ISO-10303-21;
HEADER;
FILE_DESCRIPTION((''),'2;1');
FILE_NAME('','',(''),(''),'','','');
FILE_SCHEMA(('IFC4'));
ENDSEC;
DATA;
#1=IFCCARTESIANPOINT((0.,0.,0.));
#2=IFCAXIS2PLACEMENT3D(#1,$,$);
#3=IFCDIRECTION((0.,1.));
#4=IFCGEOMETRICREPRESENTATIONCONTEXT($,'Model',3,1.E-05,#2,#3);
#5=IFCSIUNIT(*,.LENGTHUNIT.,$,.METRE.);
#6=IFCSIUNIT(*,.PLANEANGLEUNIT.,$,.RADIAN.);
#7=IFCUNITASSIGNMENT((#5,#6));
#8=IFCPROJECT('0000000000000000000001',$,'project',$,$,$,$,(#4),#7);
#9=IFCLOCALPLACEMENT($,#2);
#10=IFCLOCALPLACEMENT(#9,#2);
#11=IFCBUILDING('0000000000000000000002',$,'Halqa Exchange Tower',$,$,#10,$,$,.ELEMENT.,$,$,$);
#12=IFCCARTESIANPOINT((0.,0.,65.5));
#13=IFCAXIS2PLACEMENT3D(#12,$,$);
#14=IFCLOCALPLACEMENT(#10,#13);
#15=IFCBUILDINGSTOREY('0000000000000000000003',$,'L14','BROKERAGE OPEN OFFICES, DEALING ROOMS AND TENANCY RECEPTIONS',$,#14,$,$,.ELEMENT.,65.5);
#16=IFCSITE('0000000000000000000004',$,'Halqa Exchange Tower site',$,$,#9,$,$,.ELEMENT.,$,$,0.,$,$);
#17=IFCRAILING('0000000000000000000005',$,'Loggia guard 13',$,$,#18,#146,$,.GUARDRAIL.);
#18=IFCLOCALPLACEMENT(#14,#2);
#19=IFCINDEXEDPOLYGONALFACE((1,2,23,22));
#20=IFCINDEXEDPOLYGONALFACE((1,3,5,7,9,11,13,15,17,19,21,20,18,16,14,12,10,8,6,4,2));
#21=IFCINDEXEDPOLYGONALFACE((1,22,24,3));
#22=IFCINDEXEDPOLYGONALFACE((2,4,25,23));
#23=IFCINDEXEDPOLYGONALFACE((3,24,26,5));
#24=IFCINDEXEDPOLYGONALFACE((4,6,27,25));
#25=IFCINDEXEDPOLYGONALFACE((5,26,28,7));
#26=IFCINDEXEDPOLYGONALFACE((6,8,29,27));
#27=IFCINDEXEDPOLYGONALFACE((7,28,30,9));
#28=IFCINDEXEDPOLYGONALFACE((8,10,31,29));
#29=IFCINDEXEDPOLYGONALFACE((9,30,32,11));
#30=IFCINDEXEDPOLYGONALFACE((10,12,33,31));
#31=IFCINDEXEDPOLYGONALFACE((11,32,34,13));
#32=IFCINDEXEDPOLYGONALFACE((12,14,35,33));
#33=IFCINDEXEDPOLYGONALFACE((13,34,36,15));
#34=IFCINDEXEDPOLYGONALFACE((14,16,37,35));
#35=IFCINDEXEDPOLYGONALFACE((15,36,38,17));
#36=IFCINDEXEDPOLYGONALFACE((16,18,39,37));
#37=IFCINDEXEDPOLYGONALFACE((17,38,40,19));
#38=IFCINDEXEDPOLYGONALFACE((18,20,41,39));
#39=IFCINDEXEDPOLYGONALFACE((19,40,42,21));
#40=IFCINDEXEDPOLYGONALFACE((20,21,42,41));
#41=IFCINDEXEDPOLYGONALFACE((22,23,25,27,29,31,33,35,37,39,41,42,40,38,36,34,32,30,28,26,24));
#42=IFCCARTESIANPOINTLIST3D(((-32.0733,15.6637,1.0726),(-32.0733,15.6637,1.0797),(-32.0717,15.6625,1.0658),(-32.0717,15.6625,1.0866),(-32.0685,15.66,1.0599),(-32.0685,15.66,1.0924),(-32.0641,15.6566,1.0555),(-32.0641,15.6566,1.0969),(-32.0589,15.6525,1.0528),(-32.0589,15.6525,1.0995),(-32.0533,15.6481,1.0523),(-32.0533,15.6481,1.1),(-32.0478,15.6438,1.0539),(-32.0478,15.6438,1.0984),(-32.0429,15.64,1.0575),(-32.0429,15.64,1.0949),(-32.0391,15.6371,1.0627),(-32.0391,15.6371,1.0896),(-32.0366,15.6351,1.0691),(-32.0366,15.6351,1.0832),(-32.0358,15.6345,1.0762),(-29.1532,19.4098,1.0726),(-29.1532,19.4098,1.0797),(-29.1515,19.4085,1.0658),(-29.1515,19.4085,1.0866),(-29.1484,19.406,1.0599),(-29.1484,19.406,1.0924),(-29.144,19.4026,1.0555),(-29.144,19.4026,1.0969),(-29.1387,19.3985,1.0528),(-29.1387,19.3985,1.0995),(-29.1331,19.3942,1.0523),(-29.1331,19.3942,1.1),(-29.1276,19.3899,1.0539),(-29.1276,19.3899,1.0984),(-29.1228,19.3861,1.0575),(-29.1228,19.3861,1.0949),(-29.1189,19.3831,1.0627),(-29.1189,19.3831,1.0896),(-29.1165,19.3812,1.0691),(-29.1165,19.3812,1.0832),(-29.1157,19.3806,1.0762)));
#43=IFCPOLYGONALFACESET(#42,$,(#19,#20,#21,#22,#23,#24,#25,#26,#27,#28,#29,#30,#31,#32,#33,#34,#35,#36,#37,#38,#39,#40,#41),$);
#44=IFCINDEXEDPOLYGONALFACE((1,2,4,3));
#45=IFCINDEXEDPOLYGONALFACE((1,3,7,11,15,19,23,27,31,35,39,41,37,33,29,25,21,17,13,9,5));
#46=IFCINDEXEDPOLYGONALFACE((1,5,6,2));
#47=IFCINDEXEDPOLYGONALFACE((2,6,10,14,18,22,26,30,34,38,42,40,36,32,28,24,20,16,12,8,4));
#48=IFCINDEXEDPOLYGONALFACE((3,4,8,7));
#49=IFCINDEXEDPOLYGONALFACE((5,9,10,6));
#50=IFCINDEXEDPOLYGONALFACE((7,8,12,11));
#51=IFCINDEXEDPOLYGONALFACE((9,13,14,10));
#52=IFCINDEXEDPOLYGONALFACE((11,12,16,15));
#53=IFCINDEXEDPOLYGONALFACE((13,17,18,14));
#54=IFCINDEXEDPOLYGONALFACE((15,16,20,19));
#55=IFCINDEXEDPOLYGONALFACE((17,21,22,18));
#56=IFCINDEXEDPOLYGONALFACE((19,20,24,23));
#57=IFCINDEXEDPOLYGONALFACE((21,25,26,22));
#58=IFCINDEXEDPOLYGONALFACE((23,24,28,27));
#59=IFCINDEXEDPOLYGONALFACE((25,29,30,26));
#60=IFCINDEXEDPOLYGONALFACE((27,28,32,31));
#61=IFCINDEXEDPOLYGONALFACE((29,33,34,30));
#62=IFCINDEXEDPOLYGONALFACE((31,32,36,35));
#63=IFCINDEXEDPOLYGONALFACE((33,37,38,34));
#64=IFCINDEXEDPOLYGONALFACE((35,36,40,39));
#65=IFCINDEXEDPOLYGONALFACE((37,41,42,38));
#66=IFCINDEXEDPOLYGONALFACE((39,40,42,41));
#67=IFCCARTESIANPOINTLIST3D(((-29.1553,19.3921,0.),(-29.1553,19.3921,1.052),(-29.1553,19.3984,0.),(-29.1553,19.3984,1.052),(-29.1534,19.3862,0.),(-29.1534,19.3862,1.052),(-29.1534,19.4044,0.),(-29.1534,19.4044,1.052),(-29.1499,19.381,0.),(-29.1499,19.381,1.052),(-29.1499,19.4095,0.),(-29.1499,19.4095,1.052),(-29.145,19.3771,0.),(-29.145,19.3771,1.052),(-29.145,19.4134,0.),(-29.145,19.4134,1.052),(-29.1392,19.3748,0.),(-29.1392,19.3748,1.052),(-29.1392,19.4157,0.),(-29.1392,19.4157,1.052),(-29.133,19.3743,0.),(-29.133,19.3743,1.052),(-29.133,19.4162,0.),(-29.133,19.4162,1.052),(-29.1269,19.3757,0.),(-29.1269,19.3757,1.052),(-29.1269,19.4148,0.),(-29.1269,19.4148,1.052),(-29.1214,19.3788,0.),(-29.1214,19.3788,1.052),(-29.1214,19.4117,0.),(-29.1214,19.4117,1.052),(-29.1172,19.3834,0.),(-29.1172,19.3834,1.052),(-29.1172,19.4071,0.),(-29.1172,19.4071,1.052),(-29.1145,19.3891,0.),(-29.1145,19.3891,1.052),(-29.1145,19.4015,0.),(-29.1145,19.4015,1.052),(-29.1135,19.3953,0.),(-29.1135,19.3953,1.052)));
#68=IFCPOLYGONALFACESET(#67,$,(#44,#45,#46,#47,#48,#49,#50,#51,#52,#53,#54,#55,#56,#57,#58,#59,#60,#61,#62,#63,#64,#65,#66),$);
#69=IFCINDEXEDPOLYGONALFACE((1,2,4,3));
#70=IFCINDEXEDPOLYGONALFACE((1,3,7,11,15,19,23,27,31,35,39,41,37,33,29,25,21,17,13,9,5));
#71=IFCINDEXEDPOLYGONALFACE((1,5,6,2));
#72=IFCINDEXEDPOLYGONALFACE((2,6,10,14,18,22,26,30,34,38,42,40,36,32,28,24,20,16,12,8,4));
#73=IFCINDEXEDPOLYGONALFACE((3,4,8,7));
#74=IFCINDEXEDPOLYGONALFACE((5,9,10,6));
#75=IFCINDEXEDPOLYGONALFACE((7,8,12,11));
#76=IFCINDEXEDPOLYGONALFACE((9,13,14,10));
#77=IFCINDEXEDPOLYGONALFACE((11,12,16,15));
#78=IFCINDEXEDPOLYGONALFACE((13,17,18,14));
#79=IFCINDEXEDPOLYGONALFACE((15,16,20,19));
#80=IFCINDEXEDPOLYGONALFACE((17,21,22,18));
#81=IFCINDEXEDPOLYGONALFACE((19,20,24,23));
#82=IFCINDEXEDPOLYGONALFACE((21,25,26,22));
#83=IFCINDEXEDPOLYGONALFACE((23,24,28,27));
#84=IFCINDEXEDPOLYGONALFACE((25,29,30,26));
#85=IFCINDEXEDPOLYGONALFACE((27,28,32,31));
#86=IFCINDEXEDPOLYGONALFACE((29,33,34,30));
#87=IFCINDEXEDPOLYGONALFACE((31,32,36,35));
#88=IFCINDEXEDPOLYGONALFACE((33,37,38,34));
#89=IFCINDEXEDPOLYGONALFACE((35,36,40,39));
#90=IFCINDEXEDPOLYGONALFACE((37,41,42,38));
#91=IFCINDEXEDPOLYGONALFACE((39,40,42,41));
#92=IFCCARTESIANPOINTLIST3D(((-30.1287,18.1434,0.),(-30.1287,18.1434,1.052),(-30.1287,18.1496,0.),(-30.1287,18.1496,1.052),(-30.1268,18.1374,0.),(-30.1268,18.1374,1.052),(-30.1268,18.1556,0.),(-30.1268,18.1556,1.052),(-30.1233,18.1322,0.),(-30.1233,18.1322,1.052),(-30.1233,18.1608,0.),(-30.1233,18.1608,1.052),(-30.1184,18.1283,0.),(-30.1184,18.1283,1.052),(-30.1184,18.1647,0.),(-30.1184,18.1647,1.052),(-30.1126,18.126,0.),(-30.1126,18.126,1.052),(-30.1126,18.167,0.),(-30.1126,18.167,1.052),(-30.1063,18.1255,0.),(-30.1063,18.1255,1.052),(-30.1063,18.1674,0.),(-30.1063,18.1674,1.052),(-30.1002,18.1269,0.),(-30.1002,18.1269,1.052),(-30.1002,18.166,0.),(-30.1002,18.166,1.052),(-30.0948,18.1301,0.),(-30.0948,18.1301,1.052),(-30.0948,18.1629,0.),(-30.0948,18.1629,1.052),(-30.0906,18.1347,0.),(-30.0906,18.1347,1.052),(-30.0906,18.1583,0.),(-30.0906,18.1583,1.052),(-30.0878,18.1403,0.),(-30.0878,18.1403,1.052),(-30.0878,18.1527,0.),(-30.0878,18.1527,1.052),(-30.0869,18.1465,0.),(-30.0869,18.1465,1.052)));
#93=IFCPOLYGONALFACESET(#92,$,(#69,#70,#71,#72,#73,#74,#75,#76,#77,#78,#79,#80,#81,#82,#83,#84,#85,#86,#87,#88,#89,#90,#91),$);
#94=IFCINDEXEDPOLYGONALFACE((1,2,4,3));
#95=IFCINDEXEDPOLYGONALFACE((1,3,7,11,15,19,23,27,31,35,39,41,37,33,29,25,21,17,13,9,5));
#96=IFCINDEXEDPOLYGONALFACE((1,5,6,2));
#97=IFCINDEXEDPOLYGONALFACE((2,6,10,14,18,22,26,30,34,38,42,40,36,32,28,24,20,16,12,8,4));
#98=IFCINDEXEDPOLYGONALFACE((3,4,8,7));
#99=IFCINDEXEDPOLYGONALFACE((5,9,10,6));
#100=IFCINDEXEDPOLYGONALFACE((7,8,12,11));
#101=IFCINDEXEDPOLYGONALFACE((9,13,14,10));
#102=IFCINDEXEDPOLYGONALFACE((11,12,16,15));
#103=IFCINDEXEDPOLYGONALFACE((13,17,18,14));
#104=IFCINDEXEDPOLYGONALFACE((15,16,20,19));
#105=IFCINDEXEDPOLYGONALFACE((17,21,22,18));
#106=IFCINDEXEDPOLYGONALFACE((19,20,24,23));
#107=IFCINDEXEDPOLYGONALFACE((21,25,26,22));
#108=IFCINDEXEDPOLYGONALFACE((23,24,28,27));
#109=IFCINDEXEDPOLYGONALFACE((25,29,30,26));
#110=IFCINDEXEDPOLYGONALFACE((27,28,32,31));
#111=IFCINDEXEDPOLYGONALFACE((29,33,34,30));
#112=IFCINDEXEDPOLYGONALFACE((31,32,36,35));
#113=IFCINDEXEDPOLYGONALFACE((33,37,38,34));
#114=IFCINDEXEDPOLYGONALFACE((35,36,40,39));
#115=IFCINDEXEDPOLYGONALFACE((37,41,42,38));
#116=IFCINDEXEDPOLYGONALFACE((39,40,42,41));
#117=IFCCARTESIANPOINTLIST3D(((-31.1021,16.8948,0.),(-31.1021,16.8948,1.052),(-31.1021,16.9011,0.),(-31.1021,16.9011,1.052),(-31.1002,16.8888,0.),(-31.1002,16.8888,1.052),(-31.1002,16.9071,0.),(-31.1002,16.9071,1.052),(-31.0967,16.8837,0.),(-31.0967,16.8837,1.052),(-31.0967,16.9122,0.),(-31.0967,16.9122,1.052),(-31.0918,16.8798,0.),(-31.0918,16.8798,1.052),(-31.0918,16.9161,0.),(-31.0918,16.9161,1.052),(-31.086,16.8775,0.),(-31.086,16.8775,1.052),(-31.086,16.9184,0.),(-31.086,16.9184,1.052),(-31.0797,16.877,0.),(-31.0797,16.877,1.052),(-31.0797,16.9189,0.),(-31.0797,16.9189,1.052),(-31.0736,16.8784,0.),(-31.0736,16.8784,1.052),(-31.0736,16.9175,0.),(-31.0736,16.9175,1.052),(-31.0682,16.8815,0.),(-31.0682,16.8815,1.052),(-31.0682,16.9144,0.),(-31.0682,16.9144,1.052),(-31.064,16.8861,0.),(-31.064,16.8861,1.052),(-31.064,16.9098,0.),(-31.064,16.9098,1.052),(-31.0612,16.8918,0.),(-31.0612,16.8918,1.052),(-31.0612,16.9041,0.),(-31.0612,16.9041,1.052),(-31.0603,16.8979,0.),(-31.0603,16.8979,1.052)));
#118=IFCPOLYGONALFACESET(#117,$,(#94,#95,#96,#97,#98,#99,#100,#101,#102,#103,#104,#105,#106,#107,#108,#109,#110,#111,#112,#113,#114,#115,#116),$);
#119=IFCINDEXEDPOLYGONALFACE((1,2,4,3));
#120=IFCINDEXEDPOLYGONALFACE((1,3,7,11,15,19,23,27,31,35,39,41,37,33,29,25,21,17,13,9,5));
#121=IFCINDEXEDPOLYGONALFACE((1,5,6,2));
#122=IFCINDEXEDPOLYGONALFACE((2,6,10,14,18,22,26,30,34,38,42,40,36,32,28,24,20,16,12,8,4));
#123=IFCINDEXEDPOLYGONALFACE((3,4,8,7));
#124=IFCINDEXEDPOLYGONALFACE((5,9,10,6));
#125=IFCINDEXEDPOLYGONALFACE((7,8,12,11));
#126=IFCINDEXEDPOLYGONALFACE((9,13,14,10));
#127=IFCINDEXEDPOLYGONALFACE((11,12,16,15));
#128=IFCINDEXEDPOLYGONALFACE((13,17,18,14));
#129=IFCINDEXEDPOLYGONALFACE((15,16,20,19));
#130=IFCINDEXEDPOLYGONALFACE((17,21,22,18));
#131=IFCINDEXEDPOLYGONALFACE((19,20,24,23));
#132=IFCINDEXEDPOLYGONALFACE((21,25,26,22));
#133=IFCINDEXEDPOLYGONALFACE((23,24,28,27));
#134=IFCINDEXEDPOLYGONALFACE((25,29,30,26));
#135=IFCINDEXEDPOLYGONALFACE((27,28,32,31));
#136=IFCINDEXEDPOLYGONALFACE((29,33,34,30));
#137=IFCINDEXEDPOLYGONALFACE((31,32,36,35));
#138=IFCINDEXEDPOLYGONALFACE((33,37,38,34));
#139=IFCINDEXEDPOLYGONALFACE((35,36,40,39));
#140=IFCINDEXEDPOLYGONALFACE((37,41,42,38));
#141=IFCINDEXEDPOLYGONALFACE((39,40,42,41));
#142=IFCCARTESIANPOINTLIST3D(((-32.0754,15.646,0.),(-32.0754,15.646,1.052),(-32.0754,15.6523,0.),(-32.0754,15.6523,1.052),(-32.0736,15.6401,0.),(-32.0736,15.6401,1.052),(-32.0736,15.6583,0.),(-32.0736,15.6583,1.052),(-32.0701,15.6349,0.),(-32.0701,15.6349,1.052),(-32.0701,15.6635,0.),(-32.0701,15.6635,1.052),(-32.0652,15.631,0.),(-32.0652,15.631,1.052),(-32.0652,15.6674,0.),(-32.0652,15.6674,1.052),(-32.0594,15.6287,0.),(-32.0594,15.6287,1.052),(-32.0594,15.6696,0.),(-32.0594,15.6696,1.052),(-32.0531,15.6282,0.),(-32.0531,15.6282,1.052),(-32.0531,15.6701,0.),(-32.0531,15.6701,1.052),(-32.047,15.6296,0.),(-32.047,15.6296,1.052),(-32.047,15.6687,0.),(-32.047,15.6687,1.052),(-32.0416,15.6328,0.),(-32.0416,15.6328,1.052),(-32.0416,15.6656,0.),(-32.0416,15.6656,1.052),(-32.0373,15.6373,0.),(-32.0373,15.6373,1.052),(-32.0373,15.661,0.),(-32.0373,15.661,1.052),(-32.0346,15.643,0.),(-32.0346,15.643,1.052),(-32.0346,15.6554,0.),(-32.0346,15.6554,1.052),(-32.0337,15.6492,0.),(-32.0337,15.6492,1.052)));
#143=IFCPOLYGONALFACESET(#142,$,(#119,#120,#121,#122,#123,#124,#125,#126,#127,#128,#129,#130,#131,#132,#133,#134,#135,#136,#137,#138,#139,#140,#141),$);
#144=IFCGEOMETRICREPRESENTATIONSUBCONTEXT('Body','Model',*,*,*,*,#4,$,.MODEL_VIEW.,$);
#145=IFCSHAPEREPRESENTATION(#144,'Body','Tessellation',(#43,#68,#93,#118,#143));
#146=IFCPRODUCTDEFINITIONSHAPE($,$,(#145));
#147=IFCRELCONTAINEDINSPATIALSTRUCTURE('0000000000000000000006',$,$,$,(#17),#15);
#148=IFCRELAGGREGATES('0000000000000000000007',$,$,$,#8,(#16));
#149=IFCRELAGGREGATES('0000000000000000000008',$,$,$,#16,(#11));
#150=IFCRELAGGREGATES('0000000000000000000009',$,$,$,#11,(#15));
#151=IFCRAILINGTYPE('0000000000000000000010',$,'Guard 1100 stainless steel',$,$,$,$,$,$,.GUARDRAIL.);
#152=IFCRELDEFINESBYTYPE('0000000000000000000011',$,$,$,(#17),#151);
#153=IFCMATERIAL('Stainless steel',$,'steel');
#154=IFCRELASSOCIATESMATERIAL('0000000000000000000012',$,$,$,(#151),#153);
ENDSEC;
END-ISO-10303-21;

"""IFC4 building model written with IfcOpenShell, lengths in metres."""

from ifc_helpers import new_model, si_unit, direction, frame, origin, origin_2d, place, context, subcontext, project, spatial, circle, extrude, material, type_object, element, save


model = new_model("IFC4")

# Units and contexts
model_context = context("Model", 3, precision=1e-05, world=origin(), true_north=direction((0.0, 1.0)))
body_context = subcontext(model_context, "Body", "Model", "MODEL_VIEW")
ifc_project = project(units=[si_unit("LENGTHUNIT", "METRE"), si_unit("PLANEANGLEUNIT", "RADIAN")], contexts=[model_context])

# Site, building, storey
site_placement = place(None, origin())
site = spatial("IfcSite", under=ifc_project, at=site_placement, Name="Halqa Exchange Tower site", CompositionType="ELEMENT", RefElevation=0.0)
building_placement = place(site_placement, origin())
building = spatial("IfcBuilding", under=site, at=building_placement, Name="Halqa Exchange Tower", CompositionType="ELEMENT")
storey_placement = place(building_placement, frame((0.0, 0.0, 65.5)))
storey = spatial("IfcBuildingStorey", under=building, at=storey_placement, Name="L14", Description="BROKERAGE OPEN OFFICES, DEALING ROOMS AND TENANCY RECEPTIONS", CompositionType="ELEMENT", Elevation=65.5)

# Railing
ifc_material_1 = material(Name="Stainless steel", Category="steel")
railing_type = type_object("IfcRailingType", Name="Guard 1100 stainless steel", PredefinedType="GUARDRAIL", material=ifc_material_1)
railing_1_placement = place(storey_placement, frame((-29.1345, 19.3953, 0.0)))
element("IfcRailing", 1, at=railing_1_placement, inside=storey, type_object=railing_type, Name="Loggia guard 13", PredefinedType="GUARDRAIL", context=body_context, shape_type="SweptSolid", body=[
    extrude(circle(Radius=0.0239, at=origin_2d()), frame((0.0, 0.0, 1.0762), z_axis=(-0.614798, -0.788685, 0.0), x_axis=(0.788685, -0.614798, 0.0)), (0.0, 0.0, 1.0), 4.7498),
    extrude(circle(Radius=0.021, at=origin_2d()), origin(), (0.0, 0.0, 1.0), 1.052),
    extrude(circle(Radius=0.021, at=origin_2d()), frame((-0.9734, -1.2488, 0.0)), (0.0, 0.0, 1.0), 1.052),
    extrude(circle(Radius=0.021, at=origin_2d()), frame((-1.9468, -2.4973, 0.0)), (0.0, 0.0, 1.0), 1.052),
    extrude(circle(Radius=0.021, at=origin_2d()), frame((-2.9202, -3.7461, 0.0)), (0.0, 0.0, 1.0), 1.052),
])

save(model, "model.ifc")
